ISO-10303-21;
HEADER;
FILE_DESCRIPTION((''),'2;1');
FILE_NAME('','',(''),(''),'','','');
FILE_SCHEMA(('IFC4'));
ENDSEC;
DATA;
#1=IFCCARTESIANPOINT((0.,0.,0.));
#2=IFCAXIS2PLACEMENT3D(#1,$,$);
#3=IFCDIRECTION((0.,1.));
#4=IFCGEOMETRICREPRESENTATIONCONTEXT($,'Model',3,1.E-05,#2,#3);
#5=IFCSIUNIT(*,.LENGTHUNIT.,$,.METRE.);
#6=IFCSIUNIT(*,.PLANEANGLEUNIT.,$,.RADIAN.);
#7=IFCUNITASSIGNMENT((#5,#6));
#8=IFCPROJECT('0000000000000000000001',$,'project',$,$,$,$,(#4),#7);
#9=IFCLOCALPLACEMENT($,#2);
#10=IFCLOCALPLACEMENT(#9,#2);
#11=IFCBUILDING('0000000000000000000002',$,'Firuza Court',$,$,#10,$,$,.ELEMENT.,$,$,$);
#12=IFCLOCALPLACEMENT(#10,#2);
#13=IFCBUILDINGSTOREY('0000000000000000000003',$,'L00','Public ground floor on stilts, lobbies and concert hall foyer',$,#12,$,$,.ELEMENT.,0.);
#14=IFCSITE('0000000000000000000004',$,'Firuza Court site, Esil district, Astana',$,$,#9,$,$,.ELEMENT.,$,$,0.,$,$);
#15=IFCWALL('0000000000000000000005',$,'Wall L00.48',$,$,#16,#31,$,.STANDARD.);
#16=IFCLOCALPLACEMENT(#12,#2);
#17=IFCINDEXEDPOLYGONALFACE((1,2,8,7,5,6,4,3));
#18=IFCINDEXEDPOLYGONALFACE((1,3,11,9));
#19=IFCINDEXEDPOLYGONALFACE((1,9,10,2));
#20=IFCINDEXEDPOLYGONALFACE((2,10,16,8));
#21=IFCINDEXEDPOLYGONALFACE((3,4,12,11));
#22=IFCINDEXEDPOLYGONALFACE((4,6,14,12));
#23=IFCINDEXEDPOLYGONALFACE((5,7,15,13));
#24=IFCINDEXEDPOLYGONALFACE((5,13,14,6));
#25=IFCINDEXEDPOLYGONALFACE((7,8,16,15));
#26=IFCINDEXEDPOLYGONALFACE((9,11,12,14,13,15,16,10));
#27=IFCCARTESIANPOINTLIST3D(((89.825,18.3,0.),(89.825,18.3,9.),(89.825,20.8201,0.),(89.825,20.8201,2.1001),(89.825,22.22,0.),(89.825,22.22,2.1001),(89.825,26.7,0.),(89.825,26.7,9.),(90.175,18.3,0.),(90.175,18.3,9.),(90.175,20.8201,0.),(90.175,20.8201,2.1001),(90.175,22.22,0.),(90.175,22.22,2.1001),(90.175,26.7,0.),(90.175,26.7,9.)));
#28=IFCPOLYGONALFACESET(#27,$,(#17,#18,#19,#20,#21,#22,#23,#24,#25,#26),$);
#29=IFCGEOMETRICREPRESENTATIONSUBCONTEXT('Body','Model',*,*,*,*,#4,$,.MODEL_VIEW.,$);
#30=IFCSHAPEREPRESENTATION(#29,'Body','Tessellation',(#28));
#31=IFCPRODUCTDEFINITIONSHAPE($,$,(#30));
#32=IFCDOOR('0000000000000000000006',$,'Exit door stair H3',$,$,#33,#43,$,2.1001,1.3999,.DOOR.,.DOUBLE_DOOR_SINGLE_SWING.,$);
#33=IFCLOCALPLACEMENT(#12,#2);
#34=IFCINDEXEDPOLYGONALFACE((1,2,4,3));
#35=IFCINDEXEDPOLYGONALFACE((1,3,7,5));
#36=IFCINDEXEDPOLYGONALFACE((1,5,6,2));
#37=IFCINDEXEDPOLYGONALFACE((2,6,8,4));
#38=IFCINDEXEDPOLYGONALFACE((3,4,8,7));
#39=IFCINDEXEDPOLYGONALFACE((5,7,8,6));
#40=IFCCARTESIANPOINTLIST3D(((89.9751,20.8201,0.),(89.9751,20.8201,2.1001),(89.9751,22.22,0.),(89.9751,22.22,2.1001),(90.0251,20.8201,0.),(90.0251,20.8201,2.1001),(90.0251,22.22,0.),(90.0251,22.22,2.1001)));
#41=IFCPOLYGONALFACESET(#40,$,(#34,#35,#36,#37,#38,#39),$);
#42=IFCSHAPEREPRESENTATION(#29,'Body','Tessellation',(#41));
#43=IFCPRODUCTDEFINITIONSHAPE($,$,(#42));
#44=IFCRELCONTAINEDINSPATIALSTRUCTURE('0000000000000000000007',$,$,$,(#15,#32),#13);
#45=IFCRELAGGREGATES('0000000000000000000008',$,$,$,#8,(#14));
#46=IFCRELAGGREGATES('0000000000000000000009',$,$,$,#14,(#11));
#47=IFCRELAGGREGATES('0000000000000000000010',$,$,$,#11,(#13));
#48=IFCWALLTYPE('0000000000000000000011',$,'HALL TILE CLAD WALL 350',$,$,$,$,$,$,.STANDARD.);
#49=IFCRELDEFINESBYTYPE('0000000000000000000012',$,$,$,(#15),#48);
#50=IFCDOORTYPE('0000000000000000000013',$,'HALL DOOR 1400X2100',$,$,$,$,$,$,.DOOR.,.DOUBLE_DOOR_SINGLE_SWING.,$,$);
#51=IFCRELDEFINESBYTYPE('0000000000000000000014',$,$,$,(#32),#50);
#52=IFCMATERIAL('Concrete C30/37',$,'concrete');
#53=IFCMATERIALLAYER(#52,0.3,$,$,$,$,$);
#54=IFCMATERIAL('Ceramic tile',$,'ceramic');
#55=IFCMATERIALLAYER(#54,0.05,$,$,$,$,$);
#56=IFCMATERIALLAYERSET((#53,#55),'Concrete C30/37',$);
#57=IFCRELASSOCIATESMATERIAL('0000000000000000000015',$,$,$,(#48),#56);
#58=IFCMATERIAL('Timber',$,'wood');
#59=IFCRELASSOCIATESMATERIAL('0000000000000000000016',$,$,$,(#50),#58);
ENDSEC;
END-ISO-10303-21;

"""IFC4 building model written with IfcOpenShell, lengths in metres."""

from ifc_helpers import new_model, si_unit, direction, frame, frame_2d, origin, place, context, subcontext, project, spatial, rectangle, extrude, material, layer, layer_set, type_object, element, fill, save


model = new_model("IFC4")

# Units and contexts
model_context = context("Model", 3, precision=1e-05, world=origin(), true_north=direction((0.0, 1.0)))
body_context = subcontext(model_context, "Body", "Model", "MODEL_VIEW")
ifc_project = project(units=[si_unit("LENGTHUNIT", "METRE"), si_unit("PLANEANGLEUNIT", "RADIAN")], contexts=[model_context])

# Site, building, storey
site_placement = place(None, origin())
site = spatial("IfcSite", under=ifc_project, at=site_placement, Name="Firuza Court site, Esil district, Astana", CompositionType="ELEMENT", RefElevation=0.0)
building_placement = place(site_placement, origin())
building = spatial("IfcBuilding", under=site, at=building_placement, Name="Firuza Court", CompositionType="ELEMENT")
storey_placement = place(building_placement, origin())
storey = spatial("IfcBuildingStorey", under=building, at=storey_placement, Name="L00", Description="Public ground floor on stilts, lobbies and concert hall foyer", CompositionType="ELEMENT", Elevation=0.0)

# Shared definitions
ifc_material_1 = material(Name="Concrete C30/37", Category="concrete")
ifc_layer_1 = layer(ifc_material_1, 0.3)
ifc_material_2 = material(Name="Ceramic tile", Category="ceramic")
ifc_layer_2 = layer(ifc_material_2, 0.05)
ifc_layer_set_1 = layer_set([ifc_layer_1, ifc_layer_2], Name="Concrete C30/37")
wall_type_1 = type_object("IfcWallType", Name="HALL TILE CLAD WALL 350", PredefinedType="STANDARD", material=ifc_layer_set_1)

# Wall, opening, door
wall_1_placement = place(storey_placement, frame((90.0, 18.3, 0.0), z_axis=(0.0, 0.0, 1.0), x_axis=(0.0, 1.0, 0.0)))
wall_1 = element("IfcWall", 1, at=wall_1_placement, inside=storey, type_object=wall_type_1, Name="Wall L00.48", PredefinedType="STANDARD", context=body_context, shape_type="SweptSolid", body=[
    extrude(rectangle(XDim=8.3999, YDim=0.3501, at=frame_2d((4.2, 0.0))), origin(), (0.0, 0.0, 1.0), 9.0),
])
opening_1_placement = place(wall_1_placement, frame((2.52, 0.0, 0.0)))
opening_1 = element("IfcOpeningElement", 2, at=opening_1_placement, cuts=wall_1, PredefinedType="OPENING", context=body_context, shape_type="SweptSolid", body=[
    extrude(rectangle(XDim=1.3999, YDim=2.1001, at=frame_2d((0.7, 1.05))), frame((0.0, 0.187, 0.0), z_axis=(0.0, -1.0, 0.0), x_axis=(1.0, 0.0, 0.0)), (0.0, 0.0, 1.0), 0.374),
])
ifc_material_3 = material(Name="Timber", Category="wood")
door_type_1 = type_object("IfcDoorType", Name="HALL DOOR 1400X2100", OperationType="DOUBLE_DOOR_SINGLE_SWING", PredefinedType="DOOR", material=ifc_material_3)
door_1_placement = place(opening_1_placement, origin())
door_1 = element("IfcDoor", 3, at=door_1_placement, inside=storey, type_object=door_type_1, Name="Exit door stair H3", OperationType="DOUBLE_DOOR_SINGLE_SWING", OverallHeight=2.1001, OverallWidth=1.3999, PredefinedType="DOOR", context=body_context, shape_type="SweptSolid", body=[
    extrude(rectangle(XDim=1.3999, YDim=2.1001, at=frame_2d((0.7, 1.05))), frame((0.0, 0.0249, 0.0), z_axis=(0.0, -1.0, 0.0), x_axis=(1.0, 0.0, 0.0)), (0.0, 0.0, 1.0), 0.05),
])
fill(opening_1, door_1)

save(model, "model.ifc")
